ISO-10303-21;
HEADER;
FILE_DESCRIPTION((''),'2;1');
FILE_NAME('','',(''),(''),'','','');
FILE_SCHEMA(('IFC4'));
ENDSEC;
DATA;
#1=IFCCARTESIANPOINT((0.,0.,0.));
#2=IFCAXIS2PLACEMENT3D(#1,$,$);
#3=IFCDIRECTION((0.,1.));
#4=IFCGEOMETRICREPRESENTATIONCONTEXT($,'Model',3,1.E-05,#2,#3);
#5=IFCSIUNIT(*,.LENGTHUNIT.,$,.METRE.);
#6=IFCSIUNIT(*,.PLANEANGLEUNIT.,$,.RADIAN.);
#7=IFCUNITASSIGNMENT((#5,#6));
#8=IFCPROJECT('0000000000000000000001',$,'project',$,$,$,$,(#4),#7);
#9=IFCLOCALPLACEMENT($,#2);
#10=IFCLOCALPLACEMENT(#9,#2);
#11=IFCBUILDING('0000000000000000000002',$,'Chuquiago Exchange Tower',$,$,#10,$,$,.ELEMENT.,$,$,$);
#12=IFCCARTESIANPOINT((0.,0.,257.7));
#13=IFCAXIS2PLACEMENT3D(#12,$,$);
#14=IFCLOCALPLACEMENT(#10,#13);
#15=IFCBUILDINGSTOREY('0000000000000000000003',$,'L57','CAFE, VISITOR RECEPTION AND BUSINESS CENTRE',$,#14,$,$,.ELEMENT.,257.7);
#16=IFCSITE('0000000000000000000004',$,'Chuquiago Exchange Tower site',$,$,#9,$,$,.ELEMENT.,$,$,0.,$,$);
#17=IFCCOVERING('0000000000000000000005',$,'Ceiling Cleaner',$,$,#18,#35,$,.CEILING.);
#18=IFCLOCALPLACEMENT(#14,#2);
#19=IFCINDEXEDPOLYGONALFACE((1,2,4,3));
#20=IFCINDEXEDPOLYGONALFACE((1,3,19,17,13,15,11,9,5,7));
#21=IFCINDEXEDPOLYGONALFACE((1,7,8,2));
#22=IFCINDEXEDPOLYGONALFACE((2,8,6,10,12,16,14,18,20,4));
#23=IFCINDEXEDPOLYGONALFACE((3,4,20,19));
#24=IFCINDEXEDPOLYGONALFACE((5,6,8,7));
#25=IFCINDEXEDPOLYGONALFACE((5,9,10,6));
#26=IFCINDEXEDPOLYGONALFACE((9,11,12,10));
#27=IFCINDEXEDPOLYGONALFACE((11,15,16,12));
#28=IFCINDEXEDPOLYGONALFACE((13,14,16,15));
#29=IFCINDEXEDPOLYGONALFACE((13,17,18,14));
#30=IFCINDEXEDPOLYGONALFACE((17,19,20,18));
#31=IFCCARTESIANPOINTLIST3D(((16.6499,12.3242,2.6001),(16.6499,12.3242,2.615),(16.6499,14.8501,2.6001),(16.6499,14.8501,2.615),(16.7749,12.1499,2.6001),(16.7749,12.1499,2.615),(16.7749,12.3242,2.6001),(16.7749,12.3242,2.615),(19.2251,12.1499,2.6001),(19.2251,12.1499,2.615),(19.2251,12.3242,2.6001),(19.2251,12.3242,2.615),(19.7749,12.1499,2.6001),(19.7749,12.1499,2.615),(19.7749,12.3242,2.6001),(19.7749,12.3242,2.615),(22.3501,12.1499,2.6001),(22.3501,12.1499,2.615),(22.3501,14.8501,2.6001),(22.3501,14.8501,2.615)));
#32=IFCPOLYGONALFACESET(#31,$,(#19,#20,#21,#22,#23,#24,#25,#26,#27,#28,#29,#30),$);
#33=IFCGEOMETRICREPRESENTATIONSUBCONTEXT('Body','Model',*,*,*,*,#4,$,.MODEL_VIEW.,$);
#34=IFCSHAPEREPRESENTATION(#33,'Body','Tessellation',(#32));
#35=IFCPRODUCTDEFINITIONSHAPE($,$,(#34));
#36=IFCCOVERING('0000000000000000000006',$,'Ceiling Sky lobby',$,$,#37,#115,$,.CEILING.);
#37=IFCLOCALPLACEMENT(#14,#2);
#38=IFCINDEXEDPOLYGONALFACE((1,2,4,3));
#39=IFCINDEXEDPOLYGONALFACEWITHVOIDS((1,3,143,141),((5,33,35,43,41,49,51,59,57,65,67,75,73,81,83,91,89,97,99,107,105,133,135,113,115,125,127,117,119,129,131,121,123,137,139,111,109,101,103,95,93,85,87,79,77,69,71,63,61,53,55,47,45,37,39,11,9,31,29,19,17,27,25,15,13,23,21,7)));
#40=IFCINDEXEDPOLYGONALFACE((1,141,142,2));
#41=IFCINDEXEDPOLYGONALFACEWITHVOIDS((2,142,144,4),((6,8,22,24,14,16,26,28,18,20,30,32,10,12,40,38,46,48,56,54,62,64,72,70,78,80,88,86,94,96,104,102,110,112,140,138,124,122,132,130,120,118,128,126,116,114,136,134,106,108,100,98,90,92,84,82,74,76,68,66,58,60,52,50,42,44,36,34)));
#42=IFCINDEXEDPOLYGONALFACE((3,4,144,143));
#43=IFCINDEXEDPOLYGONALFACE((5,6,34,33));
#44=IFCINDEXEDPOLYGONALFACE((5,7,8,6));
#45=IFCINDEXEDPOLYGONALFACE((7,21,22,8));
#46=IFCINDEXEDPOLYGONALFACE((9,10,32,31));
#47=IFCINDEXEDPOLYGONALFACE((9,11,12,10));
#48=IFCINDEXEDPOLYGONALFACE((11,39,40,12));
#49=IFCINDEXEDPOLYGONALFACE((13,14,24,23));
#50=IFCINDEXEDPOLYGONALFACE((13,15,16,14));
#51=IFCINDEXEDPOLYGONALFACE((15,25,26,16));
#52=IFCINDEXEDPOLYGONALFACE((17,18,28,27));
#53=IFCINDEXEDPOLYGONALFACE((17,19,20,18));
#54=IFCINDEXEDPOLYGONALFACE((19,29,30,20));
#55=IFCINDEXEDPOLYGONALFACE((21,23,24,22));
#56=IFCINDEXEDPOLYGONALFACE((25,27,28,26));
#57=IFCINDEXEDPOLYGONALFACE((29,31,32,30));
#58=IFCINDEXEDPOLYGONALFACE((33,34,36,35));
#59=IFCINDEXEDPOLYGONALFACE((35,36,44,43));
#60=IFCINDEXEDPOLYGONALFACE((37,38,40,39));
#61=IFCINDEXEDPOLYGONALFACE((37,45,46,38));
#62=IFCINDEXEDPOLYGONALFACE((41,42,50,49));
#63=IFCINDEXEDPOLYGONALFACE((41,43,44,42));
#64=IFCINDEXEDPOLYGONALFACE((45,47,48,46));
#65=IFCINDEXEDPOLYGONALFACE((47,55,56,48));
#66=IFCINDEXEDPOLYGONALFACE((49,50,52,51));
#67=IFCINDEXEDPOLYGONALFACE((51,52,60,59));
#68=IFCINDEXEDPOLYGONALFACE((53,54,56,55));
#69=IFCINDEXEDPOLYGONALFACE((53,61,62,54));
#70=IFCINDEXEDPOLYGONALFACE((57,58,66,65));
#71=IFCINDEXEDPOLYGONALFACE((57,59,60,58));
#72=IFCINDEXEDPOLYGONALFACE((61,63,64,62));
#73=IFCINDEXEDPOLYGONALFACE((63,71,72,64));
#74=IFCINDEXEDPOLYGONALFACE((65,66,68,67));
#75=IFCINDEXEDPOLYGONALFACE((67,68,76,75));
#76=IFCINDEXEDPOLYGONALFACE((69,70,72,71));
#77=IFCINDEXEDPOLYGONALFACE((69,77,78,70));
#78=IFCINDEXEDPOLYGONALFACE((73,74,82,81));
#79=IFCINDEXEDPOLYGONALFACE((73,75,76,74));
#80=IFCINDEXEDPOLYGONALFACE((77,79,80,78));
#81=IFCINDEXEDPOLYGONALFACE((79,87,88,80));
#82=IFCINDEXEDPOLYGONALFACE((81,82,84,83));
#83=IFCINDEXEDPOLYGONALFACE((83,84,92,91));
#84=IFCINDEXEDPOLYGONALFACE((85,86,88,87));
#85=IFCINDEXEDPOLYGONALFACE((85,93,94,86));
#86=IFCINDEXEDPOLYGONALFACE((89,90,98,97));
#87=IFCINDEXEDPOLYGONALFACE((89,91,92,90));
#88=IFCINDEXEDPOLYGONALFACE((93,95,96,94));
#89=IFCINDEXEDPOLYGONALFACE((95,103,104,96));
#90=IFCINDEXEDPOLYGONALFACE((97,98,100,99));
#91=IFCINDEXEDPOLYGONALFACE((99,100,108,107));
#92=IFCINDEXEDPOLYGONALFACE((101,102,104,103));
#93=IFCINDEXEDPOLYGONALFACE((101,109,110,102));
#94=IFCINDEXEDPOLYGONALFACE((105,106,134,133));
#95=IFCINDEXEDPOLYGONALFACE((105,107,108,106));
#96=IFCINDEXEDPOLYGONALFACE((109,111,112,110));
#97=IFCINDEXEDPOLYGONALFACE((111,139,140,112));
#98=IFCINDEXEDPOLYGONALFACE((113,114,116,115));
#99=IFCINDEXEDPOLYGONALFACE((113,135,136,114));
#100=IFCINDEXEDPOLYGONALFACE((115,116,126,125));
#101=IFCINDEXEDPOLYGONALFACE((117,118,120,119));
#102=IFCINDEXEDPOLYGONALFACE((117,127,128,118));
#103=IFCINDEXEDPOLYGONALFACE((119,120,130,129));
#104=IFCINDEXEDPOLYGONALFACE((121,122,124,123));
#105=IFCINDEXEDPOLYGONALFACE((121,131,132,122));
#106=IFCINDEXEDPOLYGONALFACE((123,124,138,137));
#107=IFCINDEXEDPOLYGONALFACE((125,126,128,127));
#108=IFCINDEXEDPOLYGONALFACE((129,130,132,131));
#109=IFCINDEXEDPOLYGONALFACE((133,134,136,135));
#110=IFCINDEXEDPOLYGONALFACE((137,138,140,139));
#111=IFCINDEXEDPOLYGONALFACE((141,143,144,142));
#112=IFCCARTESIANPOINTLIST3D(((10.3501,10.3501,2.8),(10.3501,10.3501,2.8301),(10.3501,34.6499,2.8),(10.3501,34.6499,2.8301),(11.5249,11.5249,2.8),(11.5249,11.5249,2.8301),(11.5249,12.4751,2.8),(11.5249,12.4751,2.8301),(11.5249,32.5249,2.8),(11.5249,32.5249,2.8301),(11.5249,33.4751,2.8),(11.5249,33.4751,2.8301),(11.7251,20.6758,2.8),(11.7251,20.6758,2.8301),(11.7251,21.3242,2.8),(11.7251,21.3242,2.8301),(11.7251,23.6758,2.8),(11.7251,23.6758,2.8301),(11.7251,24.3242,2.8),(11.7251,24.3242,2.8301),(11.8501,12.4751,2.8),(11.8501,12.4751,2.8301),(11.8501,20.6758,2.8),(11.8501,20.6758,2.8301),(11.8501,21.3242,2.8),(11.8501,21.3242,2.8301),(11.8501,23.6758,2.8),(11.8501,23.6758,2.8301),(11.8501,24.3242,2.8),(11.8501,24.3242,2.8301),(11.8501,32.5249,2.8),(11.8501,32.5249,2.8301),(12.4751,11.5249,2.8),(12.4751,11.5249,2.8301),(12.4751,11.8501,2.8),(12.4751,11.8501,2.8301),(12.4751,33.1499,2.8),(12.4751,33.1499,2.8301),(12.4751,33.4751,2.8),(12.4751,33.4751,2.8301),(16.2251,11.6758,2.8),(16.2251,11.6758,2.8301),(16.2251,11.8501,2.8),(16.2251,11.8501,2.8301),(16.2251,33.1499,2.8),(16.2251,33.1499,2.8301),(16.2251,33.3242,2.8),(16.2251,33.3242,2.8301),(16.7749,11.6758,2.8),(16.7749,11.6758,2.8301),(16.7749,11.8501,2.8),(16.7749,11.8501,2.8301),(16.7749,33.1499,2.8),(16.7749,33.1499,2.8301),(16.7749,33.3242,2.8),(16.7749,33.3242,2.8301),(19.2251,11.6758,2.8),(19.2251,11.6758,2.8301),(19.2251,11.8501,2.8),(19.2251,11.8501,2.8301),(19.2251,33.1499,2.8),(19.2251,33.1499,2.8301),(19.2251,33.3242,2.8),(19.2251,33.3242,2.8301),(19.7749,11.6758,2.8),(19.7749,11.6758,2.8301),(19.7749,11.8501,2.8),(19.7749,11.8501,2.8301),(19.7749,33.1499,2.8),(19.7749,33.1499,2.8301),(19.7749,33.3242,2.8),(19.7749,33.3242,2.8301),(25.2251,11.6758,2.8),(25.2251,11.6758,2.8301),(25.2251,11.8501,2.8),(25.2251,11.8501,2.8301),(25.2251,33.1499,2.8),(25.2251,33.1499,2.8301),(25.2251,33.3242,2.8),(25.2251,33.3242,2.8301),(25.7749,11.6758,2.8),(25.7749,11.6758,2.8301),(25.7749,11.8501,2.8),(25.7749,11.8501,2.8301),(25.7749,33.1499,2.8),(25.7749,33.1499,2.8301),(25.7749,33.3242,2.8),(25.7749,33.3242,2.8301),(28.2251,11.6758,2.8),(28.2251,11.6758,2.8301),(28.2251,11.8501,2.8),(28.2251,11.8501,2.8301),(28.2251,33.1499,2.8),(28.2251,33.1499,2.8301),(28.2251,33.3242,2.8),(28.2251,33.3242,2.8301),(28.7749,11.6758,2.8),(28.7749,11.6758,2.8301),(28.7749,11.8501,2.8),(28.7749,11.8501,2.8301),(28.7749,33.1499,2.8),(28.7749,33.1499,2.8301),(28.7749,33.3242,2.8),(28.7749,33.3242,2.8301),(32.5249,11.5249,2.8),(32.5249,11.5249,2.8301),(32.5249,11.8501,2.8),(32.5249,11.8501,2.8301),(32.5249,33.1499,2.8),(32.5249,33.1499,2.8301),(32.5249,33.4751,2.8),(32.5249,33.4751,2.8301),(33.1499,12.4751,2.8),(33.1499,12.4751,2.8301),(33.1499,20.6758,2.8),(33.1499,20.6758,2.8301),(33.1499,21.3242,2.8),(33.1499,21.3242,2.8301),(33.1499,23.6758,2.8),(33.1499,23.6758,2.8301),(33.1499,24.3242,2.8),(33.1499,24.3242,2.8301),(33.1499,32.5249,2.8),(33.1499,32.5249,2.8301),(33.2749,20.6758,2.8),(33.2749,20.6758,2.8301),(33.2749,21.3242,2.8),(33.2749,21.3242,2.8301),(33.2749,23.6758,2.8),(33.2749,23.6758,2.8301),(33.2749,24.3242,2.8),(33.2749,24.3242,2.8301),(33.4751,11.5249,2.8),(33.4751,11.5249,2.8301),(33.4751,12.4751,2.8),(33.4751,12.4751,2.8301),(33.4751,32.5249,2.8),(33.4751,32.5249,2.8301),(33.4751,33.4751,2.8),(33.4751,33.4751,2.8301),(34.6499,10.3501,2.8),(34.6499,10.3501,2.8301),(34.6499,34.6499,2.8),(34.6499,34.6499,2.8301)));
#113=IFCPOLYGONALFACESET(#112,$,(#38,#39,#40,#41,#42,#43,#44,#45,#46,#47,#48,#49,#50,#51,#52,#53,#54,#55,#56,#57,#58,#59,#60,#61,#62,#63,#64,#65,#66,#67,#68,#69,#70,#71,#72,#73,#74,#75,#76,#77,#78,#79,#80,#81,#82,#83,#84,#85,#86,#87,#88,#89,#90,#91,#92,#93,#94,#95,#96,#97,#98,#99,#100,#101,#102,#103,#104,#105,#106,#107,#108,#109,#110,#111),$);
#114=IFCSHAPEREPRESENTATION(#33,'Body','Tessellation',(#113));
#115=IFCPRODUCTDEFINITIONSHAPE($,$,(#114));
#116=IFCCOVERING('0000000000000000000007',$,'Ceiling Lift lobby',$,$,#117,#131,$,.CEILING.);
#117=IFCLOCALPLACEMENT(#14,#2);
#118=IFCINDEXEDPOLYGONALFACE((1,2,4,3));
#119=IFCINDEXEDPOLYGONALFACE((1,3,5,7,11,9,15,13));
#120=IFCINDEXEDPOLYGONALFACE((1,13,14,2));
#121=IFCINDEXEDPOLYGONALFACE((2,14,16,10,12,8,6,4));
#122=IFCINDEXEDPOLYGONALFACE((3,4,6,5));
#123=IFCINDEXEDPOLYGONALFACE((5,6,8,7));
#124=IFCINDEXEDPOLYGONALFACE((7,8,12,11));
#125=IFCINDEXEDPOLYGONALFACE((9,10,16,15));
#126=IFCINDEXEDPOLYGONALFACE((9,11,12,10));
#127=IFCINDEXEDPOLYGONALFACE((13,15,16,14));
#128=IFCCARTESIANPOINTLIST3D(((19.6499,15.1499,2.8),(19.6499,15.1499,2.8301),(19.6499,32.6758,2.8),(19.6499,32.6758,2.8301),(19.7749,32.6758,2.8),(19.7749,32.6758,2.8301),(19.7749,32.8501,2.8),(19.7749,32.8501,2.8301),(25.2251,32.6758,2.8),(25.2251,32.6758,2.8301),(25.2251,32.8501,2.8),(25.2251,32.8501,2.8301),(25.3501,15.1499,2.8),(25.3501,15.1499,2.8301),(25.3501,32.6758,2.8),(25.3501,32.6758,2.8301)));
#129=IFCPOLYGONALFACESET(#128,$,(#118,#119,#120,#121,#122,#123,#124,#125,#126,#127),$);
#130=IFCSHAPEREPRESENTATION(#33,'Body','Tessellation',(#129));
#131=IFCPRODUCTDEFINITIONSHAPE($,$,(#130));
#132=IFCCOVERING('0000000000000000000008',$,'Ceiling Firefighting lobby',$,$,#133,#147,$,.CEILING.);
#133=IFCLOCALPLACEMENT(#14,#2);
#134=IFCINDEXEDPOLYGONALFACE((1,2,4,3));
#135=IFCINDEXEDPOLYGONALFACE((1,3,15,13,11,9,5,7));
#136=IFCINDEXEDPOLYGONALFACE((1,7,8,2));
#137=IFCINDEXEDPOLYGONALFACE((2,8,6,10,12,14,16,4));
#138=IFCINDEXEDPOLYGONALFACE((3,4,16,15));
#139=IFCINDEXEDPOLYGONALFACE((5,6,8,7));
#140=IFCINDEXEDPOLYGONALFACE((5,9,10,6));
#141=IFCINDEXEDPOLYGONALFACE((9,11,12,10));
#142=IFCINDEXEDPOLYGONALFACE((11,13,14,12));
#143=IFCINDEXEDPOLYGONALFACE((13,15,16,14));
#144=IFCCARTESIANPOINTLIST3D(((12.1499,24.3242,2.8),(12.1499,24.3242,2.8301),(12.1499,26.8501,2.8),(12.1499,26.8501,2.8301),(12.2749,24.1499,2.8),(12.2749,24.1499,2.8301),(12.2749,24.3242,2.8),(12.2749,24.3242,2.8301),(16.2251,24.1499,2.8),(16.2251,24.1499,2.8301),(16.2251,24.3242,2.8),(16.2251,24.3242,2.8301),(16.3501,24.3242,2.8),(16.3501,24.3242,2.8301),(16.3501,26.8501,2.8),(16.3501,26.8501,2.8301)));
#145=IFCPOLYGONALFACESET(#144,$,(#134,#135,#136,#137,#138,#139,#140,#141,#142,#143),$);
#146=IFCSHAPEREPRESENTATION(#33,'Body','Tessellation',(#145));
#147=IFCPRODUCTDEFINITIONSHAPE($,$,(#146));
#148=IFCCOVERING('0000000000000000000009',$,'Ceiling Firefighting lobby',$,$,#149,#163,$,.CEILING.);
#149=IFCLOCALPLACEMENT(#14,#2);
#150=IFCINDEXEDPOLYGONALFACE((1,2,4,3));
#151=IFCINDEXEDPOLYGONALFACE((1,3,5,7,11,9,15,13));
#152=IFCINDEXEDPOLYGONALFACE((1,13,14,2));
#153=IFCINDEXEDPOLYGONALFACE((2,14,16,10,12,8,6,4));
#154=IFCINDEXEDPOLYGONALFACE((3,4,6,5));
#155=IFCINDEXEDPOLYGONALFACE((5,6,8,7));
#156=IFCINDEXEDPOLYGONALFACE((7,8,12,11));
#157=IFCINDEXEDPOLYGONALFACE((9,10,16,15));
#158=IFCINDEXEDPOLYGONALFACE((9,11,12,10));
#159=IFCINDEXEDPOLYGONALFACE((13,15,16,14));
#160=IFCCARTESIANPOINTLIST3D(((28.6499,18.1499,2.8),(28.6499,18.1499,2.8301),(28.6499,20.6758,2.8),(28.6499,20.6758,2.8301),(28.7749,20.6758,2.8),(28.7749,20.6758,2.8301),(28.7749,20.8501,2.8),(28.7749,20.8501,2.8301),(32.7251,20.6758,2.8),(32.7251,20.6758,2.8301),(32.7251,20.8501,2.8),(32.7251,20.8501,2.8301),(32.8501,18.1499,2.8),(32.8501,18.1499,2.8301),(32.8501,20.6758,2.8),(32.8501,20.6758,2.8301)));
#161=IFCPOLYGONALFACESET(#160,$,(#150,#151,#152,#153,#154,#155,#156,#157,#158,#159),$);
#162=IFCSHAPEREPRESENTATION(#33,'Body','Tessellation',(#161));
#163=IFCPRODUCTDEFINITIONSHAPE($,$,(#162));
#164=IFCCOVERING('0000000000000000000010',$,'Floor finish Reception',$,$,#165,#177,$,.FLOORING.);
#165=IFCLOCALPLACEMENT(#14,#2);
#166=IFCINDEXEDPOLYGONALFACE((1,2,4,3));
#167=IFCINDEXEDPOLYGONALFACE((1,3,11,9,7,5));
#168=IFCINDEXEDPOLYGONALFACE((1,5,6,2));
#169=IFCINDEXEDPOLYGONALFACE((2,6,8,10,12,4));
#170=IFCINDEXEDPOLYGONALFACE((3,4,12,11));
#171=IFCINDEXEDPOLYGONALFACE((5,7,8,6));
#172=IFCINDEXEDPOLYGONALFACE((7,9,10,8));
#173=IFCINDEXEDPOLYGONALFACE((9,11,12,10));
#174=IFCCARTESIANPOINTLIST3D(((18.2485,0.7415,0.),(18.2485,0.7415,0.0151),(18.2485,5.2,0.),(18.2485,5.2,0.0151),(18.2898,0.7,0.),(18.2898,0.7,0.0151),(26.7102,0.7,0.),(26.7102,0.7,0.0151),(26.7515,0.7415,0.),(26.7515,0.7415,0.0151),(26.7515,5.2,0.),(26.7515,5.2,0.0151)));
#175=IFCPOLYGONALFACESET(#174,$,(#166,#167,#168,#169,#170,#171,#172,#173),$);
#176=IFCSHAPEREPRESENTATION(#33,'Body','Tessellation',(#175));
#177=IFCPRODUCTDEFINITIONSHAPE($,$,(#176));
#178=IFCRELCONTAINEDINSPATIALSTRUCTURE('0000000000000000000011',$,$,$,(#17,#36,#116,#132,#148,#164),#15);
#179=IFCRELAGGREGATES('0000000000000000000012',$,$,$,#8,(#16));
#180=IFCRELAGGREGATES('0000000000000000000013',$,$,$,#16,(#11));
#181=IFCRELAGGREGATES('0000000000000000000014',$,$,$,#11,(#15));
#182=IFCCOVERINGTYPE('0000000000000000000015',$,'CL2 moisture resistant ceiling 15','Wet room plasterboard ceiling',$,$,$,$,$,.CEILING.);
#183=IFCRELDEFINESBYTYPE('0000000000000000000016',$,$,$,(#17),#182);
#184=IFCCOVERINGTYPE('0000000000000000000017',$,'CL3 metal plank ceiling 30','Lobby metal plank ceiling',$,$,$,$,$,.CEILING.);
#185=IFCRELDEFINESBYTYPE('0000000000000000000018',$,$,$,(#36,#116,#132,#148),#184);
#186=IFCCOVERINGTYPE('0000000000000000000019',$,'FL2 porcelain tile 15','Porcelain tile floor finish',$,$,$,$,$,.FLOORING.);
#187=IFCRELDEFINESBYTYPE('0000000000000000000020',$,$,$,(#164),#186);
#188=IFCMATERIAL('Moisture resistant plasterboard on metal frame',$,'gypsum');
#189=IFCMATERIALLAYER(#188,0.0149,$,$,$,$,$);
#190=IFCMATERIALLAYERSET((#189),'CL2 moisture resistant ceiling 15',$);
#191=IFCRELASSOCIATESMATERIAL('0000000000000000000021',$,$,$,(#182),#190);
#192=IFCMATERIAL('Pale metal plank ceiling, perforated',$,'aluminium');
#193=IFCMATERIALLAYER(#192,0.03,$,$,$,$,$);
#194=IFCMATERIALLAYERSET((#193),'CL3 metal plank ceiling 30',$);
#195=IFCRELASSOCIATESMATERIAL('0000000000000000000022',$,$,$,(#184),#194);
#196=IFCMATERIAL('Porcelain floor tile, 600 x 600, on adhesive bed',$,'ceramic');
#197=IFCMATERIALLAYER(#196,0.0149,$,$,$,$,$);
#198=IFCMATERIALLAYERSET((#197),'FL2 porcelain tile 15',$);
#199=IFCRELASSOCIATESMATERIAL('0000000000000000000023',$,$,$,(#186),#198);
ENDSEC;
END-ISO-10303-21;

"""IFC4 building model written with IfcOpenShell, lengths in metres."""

from ifc_helpers import new_model, si_unit, direction, frame, origin, place, context, subcontext, project, spatial, polyline, outline, extrude, material, layer, layer_set, type_object, element, save


model = new_model("IFC4")

# Units and contexts
model_context = context("Model", 3, precision=1e-05, world=origin(), true_north=direction((0.0, 1.0)))
body_context = subcontext(model_context, "Body", "Model", "MODEL_VIEW")
ifc_project = project(units=[si_unit("LENGTHUNIT", "METRE"), si_unit("PLANEANGLEUNIT", "RADIAN")], contexts=[model_context])

# Site, building, storey
site_placement = place(None, origin())
site = spatial("IfcSite", under=ifc_project, at=site_placement, Name="Chuquiago Exchange Tower site", CompositionType="ELEMENT", RefElevation=0.0)
building_placement = place(site_placement, origin())
building = spatial("IfcBuilding", under=site, at=building_placement, Name="Chuquiago Exchange Tower", CompositionType="ELEMENT")
storey_placement = place(building_placement, frame((0.0, 0.0, 257.7)))
storey = spatial("IfcBuildingStorey", under=building, at=storey_placement, Name="L57", Description="CAFE, VISITOR RECEPTION AND BUSINESS CENTRE", CompositionType="ELEMENT", Elevation=257.7)

# Coverings
ifc_material_1 = material(Name="Moisture resistant plasterboard on metal frame", Category="gypsum")
ifc_layer_1 = layer(ifc_material_1, 0.0149)
ifc_layer_set_1 = layer_set([ifc_layer_1], Name="CL2 moisture resistant ceiling 15")
covering_type_1 = type_object("IfcCoveringType", Name="CL2 moisture resistant ceiling 15", Description="Wet room plasterboard ceiling", PredefinedType="CEILING", material=ifc_layer_set_1)
covering_1_placement = place(storey_placement, frame((0.0, 0.0, 2.6001)))
element("IfcCovering", 1, at=covering_1_placement, inside=storey, type_object=covering_type_1, Name="Ceiling Cleaner", PredefinedType="CEILING", context=body_context, shape_type="SweptSolid", body=[
    extrude(outline(polyline([(19.7749, 12.1499), (19.7749, 12.3242), (19.2251, 12.3242), (19.2251, 12.1499), (16.7749, 12.1499), (16.7749, 12.3242), (16.6499, 12.3242), (16.6499, 14.8501), (22.3501, 14.8501), (22.3501, 12.1499), (19.7749, 12.1499)])), origin(), (0.0, 0.0, 1.0), 0.0149),
])
ifc_material_2 = material(Name="Pale metal plank ceiling, perforated", Category="aluminium")
ifc_layer_2 = layer(ifc_material_2, 0.03)
ifc_layer_set_2 = layer_set([ifc_layer_2], Name="CL3 metal plank ceiling 30")
covering_type_2 = type_object("IfcCoveringType", Name="CL3 metal plank ceiling 30", Description="Lobby metal plank ceiling", PredefinedType="CEILING", material=ifc_layer_set_2)
covering_2_placement = place(storey_placement, frame((0.0, 0.0, 2.8)))
element("IfcCovering", 2, at=covering_2_placement, inside=storey, type_object=covering_type_2, Name="Ceiling Sky lobby", PredefinedType="CEILING", context=body_context, shape_type="SweptSolid", body=[
    extrude(outline(polyline([(10.3501, 34.6499), (34.6499, 34.6499), (34.6499, 10.3501), (10.3501, 10.3501), (10.3501, 34.6499)]), holes=[polyline([(16.2251, 11.8501), (16.2251, 11.6758), (16.7749, 11.6758), (16.7749, 11.8501), (19.2251, 11.8501), (19.2251, 11.6758), (19.7749, 11.6758), (19.7749, 11.8501), (25.2251, 11.8501), (25.2251, 11.6758), (25.7749, 11.6758), (25.7749, 11.8501), (28.2251, 11.8501), (28.2251, 11.6758), (28.7749, 11.6758), (28.7749, 11.8501), (32.5249, 11.8501), (32.5249, 11.5249), (33.4751, 11.5249), (33.4751, 12.4751), (33.1499, 12.4751), (33.1499, 20.6758), (33.2749, 20.6758), (33.2749, 21.3242), (33.1499, 21.3242), (33.1499, 23.6758), (33.2749, 23.6758), (33.2749, 24.3242), (33.1499, 24.3242), (33.1499, 32.5249), (33.4751, 32.5249), (33.4751, 33.4751), (32.5249, 33.4751), (32.5249, 33.1499), (28.7749, 33.1499), (28.7749, 33.3242), (28.2251, 33.3242), (28.2251, 33.1499), (25.7749, 33.1499), (25.7749, 33.3242), (25.2251, 33.3242), (25.2251, 33.1499), (19.7749, 33.1499), (19.7749, 33.3242), (19.2251, 33.3242), (19.2251, 33.1499), (16.7749, 33.1499), (16.7749, 33.3242), (16.2251, 33.3242), (16.2251, 33.1499), (12.4751, 33.1499), (12.4751, 33.4751), (11.5249, 33.4751), (11.5249, 32.5249), (11.8501, 32.5249), (11.8501, 24.3242), (11.7251, 24.3242), (11.7251, 23.6758), (11.8501, 23.6758), (11.8501, 21.3242), (11.7251, 21.3242), (11.7251, 20.6758), (11.8501, 20.6758), (11.8501, 12.4751), (11.5249, 12.4751), (11.5249, 11.5249), (12.4751, 11.5249), (12.4751, 11.8501), (16.2251, 11.8501)])]), origin(), (0.0, 0.0, 1.0), 0.03),
])
covering_3_placement = place(storey_placement, frame((0.0, 0.0, 2.8)))
element("IfcCovering", 3, at=covering_3_placement, inside=storey, type_object=covering_type_2, Name="Ceiling Lift lobby", PredefinedType="CEILING", context=body_context, shape_type="SweptSolid", body=[
    extrude(outline(polyline([(19.6499, 15.1499), (19.6499, 32.6758), (19.7749, 32.6758), (19.7749, 32.8501), (25.2251, 32.8501), (25.2251, 32.6758), (25.3501, 32.6758), (25.3501, 15.1499), (19.6499, 15.1499)])), origin(), (0.0, 0.0, 1.0), 0.03),
])
covering_4_placement = place(storey_placement, frame((0.0, 0.0, 2.8)))
element("IfcCovering", 4, at=covering_4_placement, inside=storey, type_object=covering_type_2, Name="Ceiling Firefighting lobby", PredefinedType="CEILING", context=body_context, shape_type="SweptSolid", body=[
    extrude(outline(polyline([(12.2749, 24.1499), (12.2749, 24.3242), (12.1499, 24.3242), (12.1499, 26.8501), (16.3501, 26.8501), (16.3501, 24.3242), (16.2251, 24.3242), (16.2251, 24.1499), (12.2749, 24.1499)])), origin(), (0.0, 0.0, 1.0), 0.03),
])
covering_5_placement = place(storey_placement, frame((0.0, 0.0, 2.8)))
element("IfcCovering", 5, at=covering_5_placement, inside=storey, type_object=covering_type_2, Name="Ceiling Firefighting lobby", PredefinedType="CEILING", context=body_context, shape_type="SweptSolid", body=[
    extrude(outline(polyline([(28.6499, 18.1499), (28.6499, 20.6758), (28.7749, 20.6758), (28.7749, 20.8501), (32.7251, 20.8501), (32.7251, 20.6758), (32.8501, 20.6758), (32.8501, 18.1499), (28.6499, 18.1499)])), origin(), (0.0, 0.0, 1.0), 0.03),
])
ifc_material_3 = material(Name="Porcelain floor tile, 600 x 600, on adhesive bed", Category="ceramic")
ifc_layer_3 = layer(ifc_material_3, 0.0149)
ifc_layer_set_3 = layer_set([ifc_layer_3], Name="FL2 porcelain tile 15")
covering_type_3 = type_object("IfcCoveringType", Name="FL2 porcelain tile 15", Description="Porcelain tile floor finish", PredefinedType="FLOORING", material=ifc_layer_set_3)
covering_6_placement = place(storey_placement, origin())
element("IfcCovering", 6, at=covering_6_placement, inside=storey, type_object=covering_type_3, Name="Floor finish Reception", PredefinedType="FLOORING", context=body_context, shape_type="SweptSolid", body=[
    extrude(outline(polyline([(26.7102, 0.7), (18.2898, 0.7), (18.2485, 0.7415), (18.2485, 5.2), (26.7515, 5.2), (26.7515, 0.7415), (26.7102, 0.7)])), origin(), (0.0, 0.0, 1.0), 0.0151),
])

save(model, "model.ifc")
